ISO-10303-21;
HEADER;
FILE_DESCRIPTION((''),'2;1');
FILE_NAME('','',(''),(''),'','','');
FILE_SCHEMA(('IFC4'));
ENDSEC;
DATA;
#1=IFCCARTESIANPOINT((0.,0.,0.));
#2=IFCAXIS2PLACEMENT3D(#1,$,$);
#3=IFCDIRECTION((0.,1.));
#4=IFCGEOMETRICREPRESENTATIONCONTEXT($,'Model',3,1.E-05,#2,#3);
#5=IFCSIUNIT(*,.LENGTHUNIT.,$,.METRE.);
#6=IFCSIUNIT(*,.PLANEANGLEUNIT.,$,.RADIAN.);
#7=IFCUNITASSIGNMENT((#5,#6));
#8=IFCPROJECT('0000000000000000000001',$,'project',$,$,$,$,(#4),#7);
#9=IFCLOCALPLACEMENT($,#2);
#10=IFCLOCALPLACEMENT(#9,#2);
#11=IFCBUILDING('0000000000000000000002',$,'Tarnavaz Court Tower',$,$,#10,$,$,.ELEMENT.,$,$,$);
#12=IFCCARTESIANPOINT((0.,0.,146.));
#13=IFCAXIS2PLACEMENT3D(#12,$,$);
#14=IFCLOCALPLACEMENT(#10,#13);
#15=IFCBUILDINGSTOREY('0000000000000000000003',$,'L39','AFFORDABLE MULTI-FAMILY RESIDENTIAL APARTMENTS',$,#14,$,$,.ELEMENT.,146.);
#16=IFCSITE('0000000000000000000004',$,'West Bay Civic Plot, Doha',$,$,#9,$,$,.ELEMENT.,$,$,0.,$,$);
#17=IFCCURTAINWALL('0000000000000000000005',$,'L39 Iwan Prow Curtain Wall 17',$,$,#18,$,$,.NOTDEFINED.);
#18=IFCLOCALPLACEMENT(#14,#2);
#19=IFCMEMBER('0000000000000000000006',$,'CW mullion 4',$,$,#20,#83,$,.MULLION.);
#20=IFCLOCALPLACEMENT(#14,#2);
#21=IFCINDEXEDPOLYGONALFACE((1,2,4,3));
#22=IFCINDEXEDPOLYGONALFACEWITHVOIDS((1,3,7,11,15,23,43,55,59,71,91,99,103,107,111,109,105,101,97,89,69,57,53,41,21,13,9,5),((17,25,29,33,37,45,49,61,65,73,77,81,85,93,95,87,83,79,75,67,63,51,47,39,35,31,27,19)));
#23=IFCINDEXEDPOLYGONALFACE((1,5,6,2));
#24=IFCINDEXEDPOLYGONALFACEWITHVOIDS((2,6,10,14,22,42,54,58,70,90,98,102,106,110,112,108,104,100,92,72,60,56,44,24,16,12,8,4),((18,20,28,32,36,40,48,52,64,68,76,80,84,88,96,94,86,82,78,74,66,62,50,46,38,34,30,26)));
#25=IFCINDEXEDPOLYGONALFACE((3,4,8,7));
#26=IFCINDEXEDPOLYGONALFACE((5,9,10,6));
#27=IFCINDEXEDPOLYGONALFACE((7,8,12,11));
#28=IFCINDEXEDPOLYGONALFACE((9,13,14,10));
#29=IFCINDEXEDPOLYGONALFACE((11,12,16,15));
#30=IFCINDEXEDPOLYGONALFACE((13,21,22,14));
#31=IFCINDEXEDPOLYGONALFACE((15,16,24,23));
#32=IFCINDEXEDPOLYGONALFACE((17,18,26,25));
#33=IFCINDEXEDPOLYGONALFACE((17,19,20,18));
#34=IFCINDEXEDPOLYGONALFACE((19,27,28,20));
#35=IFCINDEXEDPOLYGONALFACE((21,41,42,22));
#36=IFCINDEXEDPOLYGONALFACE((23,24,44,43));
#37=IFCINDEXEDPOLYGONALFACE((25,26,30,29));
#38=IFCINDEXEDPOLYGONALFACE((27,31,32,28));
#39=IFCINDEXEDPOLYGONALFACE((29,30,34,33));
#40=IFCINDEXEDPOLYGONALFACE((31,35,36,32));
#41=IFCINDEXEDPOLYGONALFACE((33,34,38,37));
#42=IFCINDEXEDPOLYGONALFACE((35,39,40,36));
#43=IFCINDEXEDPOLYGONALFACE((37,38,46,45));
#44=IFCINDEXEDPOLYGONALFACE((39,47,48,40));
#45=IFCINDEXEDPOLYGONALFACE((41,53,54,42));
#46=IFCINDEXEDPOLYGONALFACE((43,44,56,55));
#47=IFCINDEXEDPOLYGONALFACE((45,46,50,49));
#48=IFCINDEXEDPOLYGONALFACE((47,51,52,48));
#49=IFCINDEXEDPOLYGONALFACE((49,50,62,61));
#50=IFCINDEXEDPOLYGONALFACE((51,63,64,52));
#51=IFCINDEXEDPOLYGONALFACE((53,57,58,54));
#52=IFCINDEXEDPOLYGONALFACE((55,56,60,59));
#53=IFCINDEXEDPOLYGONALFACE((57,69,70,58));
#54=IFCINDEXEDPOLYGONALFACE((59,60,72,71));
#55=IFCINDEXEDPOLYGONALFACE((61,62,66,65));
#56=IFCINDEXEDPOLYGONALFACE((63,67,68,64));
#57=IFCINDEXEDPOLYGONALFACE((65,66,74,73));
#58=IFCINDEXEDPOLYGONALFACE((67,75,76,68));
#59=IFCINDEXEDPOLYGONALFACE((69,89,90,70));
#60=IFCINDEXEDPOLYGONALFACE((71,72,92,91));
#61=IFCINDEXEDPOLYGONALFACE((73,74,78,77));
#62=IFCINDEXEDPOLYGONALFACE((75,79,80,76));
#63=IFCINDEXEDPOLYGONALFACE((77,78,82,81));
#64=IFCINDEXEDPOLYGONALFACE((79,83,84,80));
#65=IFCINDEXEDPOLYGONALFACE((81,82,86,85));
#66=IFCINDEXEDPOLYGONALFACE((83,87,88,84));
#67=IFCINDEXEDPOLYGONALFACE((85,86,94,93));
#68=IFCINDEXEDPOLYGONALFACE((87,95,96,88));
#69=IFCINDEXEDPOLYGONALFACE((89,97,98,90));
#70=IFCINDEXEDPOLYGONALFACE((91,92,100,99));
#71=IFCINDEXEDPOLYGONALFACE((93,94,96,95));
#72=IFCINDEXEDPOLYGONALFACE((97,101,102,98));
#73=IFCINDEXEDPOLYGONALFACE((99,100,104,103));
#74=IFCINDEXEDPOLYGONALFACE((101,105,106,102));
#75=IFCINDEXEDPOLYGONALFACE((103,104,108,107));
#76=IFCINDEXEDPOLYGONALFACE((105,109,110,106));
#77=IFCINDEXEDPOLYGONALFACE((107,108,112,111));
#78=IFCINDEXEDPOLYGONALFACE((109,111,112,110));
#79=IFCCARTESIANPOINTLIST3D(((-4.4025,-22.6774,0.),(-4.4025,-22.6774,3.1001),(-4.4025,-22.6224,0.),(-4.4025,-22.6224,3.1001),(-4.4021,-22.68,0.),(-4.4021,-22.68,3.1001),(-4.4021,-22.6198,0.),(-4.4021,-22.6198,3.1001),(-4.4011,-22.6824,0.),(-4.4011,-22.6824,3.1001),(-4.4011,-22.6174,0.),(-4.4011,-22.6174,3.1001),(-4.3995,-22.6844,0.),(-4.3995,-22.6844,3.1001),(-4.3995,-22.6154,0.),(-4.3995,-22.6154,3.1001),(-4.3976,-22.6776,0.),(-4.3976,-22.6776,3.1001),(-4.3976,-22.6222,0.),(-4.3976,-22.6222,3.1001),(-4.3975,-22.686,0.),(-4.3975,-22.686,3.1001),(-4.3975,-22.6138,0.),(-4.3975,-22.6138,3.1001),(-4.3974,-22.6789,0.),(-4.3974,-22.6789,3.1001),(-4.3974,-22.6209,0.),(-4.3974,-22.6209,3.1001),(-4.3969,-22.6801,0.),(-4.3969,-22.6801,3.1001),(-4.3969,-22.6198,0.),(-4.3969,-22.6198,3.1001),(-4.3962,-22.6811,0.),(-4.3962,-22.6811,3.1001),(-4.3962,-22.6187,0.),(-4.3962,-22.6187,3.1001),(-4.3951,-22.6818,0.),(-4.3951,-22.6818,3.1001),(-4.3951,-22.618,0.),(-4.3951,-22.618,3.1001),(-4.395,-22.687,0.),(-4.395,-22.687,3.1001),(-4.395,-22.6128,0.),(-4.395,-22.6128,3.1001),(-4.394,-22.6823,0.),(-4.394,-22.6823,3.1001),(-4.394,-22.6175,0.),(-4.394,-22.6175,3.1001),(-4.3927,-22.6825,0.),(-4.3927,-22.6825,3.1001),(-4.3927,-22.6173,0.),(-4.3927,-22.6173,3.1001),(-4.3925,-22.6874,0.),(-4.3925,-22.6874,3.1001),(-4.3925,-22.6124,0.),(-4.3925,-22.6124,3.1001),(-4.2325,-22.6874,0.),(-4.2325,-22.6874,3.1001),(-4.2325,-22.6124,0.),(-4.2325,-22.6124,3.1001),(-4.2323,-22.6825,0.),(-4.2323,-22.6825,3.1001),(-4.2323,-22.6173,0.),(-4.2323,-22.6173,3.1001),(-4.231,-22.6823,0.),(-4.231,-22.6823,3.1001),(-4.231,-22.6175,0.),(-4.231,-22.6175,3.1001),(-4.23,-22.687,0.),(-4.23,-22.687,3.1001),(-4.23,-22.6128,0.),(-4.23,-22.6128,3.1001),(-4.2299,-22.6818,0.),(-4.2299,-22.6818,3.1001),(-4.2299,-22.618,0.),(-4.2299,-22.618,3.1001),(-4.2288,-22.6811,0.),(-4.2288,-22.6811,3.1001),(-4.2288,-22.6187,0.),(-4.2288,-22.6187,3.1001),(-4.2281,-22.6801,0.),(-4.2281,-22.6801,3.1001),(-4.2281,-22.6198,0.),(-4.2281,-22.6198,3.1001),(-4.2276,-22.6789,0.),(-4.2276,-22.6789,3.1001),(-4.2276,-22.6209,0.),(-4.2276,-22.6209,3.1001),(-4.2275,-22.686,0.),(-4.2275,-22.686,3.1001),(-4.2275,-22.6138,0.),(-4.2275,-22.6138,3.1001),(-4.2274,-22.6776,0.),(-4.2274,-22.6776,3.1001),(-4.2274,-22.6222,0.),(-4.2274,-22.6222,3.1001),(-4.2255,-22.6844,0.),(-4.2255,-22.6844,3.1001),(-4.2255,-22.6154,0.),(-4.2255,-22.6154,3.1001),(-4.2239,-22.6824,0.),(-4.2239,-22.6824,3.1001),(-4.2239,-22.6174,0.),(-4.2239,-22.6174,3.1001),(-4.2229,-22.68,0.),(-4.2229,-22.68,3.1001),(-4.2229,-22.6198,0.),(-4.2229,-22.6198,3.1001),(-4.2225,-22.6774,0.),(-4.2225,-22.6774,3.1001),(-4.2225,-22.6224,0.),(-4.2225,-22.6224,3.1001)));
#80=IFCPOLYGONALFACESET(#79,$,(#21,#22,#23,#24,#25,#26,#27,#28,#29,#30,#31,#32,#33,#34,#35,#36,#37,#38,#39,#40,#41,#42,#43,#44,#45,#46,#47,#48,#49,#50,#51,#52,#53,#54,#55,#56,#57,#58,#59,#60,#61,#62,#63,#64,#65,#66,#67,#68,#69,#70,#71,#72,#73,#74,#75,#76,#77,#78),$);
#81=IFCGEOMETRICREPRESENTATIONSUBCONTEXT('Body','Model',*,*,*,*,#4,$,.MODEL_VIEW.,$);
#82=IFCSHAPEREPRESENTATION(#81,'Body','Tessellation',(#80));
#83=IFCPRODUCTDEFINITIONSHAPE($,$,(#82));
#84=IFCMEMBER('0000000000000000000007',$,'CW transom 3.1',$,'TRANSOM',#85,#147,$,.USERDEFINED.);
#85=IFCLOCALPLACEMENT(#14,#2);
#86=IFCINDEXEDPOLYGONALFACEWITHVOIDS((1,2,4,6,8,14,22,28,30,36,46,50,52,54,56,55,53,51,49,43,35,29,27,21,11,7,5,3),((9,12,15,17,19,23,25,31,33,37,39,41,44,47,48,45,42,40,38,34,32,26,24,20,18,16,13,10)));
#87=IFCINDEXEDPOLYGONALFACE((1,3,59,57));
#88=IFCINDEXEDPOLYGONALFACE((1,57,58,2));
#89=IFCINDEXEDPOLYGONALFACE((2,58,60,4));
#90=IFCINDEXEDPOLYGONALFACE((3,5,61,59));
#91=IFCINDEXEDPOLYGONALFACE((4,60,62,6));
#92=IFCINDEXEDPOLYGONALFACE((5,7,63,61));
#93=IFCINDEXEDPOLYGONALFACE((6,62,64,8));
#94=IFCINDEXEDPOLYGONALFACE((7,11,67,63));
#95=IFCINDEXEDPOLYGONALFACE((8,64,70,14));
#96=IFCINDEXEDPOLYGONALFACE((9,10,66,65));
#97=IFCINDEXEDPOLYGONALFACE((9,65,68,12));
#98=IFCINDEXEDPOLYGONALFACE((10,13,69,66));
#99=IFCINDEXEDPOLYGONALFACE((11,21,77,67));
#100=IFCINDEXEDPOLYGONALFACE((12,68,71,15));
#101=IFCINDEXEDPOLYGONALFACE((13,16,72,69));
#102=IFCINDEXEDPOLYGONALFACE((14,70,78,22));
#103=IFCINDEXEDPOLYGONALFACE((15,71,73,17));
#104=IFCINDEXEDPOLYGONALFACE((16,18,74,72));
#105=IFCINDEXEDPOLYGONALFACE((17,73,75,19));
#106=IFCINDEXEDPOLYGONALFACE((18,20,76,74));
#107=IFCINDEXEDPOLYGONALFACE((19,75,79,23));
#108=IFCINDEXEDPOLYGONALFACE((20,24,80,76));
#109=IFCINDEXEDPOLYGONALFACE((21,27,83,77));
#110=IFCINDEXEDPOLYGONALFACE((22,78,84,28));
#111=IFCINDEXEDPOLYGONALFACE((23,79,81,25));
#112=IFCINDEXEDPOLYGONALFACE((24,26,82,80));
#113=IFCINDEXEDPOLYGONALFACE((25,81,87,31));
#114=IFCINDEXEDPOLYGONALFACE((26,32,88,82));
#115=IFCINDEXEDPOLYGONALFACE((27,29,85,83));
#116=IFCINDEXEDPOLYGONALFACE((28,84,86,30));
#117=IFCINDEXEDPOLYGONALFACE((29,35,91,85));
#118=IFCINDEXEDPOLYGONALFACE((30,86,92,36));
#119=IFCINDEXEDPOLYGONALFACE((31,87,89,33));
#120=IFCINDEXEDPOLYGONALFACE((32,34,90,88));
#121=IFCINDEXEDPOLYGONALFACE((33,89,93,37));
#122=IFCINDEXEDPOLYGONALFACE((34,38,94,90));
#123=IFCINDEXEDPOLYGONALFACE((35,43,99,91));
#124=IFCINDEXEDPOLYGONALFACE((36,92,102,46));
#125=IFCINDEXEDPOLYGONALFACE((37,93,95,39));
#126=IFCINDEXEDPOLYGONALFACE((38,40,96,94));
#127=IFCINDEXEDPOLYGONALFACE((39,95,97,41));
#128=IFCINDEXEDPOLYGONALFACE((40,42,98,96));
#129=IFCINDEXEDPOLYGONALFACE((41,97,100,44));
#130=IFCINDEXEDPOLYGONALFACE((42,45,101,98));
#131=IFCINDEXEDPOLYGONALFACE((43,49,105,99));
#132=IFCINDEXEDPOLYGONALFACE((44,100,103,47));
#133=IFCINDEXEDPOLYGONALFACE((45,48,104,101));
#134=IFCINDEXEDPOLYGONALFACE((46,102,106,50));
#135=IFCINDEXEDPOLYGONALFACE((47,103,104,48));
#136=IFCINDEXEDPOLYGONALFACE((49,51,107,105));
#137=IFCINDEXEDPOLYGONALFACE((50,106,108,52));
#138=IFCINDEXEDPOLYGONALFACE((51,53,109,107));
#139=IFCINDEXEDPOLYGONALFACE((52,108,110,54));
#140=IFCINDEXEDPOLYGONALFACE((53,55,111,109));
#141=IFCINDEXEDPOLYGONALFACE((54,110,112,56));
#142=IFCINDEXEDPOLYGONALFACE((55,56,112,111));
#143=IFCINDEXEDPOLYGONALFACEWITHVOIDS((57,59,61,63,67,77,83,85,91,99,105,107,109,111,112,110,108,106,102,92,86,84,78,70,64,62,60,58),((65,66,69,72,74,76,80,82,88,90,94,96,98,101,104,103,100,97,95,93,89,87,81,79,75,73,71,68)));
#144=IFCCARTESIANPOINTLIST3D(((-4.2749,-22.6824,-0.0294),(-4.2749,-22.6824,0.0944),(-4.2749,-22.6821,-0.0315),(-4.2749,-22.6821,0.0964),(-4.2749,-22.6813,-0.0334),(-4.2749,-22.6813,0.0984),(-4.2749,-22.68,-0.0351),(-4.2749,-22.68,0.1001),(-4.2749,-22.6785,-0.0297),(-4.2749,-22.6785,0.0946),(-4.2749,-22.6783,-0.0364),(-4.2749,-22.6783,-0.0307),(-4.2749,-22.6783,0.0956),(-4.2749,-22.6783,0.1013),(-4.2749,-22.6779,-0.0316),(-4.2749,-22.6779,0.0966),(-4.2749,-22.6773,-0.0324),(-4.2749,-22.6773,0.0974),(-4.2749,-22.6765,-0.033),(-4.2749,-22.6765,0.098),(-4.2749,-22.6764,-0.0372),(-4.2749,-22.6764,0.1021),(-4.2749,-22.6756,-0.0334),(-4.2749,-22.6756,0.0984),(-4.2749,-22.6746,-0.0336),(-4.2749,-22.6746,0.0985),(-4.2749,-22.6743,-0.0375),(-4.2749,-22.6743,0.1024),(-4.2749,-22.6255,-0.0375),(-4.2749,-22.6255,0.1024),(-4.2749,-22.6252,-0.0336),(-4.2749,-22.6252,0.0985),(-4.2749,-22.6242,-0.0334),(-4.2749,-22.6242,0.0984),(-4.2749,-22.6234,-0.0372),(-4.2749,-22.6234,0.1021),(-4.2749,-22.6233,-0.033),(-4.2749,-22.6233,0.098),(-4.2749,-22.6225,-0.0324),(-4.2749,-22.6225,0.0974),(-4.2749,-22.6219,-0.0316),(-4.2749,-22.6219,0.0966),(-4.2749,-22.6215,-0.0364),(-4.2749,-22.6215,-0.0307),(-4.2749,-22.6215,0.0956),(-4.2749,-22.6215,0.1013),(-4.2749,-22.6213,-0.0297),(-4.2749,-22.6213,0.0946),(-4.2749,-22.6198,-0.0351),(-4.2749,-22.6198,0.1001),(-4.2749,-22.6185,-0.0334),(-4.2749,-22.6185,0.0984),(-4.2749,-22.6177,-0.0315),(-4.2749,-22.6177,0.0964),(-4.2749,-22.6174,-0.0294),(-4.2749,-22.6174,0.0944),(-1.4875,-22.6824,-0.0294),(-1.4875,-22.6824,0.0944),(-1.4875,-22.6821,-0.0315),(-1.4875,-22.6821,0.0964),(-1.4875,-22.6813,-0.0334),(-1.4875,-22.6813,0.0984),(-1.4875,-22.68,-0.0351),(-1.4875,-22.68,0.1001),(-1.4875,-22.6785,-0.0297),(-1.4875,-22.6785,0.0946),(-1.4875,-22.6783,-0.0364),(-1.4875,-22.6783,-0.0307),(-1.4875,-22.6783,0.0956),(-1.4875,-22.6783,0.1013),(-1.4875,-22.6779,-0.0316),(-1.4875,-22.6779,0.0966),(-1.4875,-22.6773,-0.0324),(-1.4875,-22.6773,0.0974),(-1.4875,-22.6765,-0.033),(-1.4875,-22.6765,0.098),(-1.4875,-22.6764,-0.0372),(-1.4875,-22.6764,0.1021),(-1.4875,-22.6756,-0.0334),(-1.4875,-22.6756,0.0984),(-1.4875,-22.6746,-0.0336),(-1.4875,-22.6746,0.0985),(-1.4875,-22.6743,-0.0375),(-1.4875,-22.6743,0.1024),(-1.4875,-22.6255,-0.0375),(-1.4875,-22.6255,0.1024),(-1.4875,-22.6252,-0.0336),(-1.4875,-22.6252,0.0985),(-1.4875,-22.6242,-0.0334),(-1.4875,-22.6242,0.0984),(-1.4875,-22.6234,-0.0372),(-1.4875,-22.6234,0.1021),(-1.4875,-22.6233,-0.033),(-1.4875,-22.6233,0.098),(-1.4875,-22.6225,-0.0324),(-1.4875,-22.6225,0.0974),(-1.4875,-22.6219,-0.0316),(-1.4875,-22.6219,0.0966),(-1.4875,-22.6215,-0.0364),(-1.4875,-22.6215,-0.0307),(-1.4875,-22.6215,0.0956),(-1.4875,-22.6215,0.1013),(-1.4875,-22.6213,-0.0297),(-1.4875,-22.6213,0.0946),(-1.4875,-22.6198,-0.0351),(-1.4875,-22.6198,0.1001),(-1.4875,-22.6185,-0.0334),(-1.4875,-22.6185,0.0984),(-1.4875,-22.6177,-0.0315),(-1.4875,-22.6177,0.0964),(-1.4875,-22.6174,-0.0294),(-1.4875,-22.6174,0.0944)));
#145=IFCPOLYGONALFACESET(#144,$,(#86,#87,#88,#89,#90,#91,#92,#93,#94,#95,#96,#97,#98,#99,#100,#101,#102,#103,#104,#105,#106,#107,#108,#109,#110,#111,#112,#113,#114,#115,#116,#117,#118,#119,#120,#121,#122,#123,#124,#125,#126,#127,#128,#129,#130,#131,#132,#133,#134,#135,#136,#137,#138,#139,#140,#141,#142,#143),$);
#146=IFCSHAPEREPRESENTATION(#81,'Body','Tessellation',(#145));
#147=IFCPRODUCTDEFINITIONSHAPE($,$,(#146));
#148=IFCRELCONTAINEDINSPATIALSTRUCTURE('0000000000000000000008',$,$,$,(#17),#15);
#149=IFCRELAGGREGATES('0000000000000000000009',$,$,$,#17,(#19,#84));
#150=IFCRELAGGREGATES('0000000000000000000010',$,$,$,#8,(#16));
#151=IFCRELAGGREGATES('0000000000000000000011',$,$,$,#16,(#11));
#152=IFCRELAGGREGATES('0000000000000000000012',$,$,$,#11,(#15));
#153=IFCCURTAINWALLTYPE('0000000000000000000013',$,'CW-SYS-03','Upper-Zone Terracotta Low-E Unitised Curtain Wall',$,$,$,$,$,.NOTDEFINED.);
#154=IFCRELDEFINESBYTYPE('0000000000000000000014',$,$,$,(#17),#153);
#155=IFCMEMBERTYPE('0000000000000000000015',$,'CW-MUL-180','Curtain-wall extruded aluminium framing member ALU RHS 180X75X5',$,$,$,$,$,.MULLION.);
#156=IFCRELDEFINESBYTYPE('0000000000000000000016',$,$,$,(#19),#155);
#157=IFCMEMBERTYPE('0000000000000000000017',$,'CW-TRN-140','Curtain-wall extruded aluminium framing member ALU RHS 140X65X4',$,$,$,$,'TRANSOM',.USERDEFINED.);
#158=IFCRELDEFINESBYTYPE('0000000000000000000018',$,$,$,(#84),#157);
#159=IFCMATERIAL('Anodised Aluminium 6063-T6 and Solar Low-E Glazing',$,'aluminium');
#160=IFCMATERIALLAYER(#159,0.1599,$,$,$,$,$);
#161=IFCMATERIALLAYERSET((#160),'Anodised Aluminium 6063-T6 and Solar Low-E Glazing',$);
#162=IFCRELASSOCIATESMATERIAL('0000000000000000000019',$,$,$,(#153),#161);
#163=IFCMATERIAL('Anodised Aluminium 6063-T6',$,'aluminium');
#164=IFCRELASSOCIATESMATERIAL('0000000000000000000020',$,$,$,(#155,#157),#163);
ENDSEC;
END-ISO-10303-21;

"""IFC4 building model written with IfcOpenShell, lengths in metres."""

from ifc_helpers import new_model, si_unit, direction, frame, origin, origin_2d, place, context, subcontext, project, spatial, hollow_rectangle, extrude, material, layer, layer_set, material_profile, profile_set, type_object, element, aggregate, save


model = new_model("IFC4")

# Units and contexts
model_context = context("Model", 3, precision=1e-05, world=origin(), true_north=direction((0.0, 1.0)))
body_context = subcontext(model_context, "Body", "Model", "MODEL_VIEW")
ifc_project = project(units=[si_unit("LENGTHUNIT", "METRE"), si_unit("PLANEANGLEUNIT", "RADIAN")], contexts=[model_context])

# Site, building, storey
site_placement = place(None, origin())
site = spatial("IfcSite", under=ifc_project, at=site_placement, Name="West Bay Civic Plot, Doha", CompositionType="ELEMENT", RefElevation=0.0)
building_placement = place(site_placement, origin())
building = spatial("IfcBuilding", under=site, at=building_placement, Name="Tarnavaz Court Tower", CompositionType="ELEMENT")
storey_placement = place(building_placement, frame((0.0, 0.0, 146.0)))
storey = spatial("IfcBuildingStorey", under=building, at=storey_placement, Name="L39", Description="AFFORDABLE MULTI-FAMILY RESIDENTIAL APARTMENTS", CompositionType="ELEMENT", Elevation=146.0)

# Curtain wall, members
ifc_material_1 = material(Name="Anodised Aluminium 6063-T6 and Solar Low-E Glazing", Category="aluminium")
ifc_layer_1 = layer(ifc_material_1, 0.1599)
ifc_layer_set_1 = layer_set([ifc_layer_1], Name="Anodised Aluminium 6063-T6 and Solar Low-E Glazing")
curtain_wall_type = type_object("IfcCurtainWallType", Name="CW-SYS-03", Description="Upper-Zone Terracotta Low-E Unitised Curtain Wall", PredefinedType="NOTDEFINED", material=ifc_layer_set_1)
curtain_wall_placement = place(storey_placement, origin())
curtain_wall = element("IfcCurtainWall", 1, at=curtain_wall_placement, inside=storey, type_object=curtain_wall_type, Name="L39 Iwan Prow Curtain Wall 17", PredefinedType="NOTDEFINED")
ifc_material_2 = material(Name="Anodised Aluminium 6063-T6", Category="aluminium")
ifc_material_profile_1 = material_profile(ifc_material_2, hollow_rectangle(XDim=0.075, YDim=0.1799, WallThickness=0.0049, InnerFilletRadius=0.0049, OuterFilletRadius=0.01, at=origin_2d()), Name="ALU RHS 180X75X5")
ifc_profile_set_1 = profile_set([ifc_material_profile_1], Name="Anodised Aluminium 6063-T6")
member_type_1 = type_object("IfcMemberType", Name="CW-MUL-180", Description="Curtain-wall extruded aluminium framing member ALU RHS 180X75X5", PredefinedType="MULLION", material=ifc_profile_set_1)
member_1_placement = place(storey_placement, frame((-4.3125, -22.6499, 0.0), z_axis=(0.0, 0.0, 1.0), x_axis=(0.0, -1.0, 0.0)))
member_1 = element("IfcMember", 2, at=member_1_placement, type_object=member_type_1, Name="CW mullion 4", PredefinedType="MULLION", context=body_context, shape_type="SweptSolid", body=[
    extrude(hollow_rectangle(XDim=0.075, YDim=0.1799, WallThickness=0.0049, InnerFilletRadius=0.0049, OuterFilletRadius=0.01, at=origin_2d()), origin(), (0.0, 0.0, 1.0), 3.1001),
])
ifc_material_profile_2 = material_profile(ifc_material_2, hollow_rectangle(XDim=0.0649, YDim=0.1399, WallThickness=0.0039, InnerFilletRadius=0.0039, OuterFilletRadius=0.0081, at=origin_2d()), Name="ALU RHS 140X65X4")
ifc_profile_set_2 = profile_set([ifc_material_profile_2], Name="Anodised Aluminium 6063-T6")
member_type_2 = type_object("IfcMemberType", Name="CW-TRN-140", Description="Curtain-wall extruded aluminium framing member ALU RHS 140X65X4", ElementType="TRANSOM", PredefinedType="USERDEFINED", material=ifc_profile_set_2)
member_2_placement = place(storey_placement, frame((-1.4875, -22.6499, 0.0325), z_axis=(-1.0, 0.0, 0.0), x_axis=(0.0, -1.0, 0.0)))
member_2 = element("IfcMember", 3, at=member_2_placement, type_object=member_type_2, Name="CW transom 3.1", ObjectType="TRANSOM", PredefinedType="USERDEFINED", context=body_context, shape_type="SweptSolid", body=[
    extrude(hollow_rectangle(XDim=0.0649, YDim=0.1399, WallThickness=0.0039, InnerFilletRadius=0.0039, OuterFilletRadius=0.0081, at=origin_2d()), origin(), (0.0, 0.0, 1.0), 2.7874),
])
aggregate(curtain_wall, [member_1, member_2])

save(model, "model.ifc")
